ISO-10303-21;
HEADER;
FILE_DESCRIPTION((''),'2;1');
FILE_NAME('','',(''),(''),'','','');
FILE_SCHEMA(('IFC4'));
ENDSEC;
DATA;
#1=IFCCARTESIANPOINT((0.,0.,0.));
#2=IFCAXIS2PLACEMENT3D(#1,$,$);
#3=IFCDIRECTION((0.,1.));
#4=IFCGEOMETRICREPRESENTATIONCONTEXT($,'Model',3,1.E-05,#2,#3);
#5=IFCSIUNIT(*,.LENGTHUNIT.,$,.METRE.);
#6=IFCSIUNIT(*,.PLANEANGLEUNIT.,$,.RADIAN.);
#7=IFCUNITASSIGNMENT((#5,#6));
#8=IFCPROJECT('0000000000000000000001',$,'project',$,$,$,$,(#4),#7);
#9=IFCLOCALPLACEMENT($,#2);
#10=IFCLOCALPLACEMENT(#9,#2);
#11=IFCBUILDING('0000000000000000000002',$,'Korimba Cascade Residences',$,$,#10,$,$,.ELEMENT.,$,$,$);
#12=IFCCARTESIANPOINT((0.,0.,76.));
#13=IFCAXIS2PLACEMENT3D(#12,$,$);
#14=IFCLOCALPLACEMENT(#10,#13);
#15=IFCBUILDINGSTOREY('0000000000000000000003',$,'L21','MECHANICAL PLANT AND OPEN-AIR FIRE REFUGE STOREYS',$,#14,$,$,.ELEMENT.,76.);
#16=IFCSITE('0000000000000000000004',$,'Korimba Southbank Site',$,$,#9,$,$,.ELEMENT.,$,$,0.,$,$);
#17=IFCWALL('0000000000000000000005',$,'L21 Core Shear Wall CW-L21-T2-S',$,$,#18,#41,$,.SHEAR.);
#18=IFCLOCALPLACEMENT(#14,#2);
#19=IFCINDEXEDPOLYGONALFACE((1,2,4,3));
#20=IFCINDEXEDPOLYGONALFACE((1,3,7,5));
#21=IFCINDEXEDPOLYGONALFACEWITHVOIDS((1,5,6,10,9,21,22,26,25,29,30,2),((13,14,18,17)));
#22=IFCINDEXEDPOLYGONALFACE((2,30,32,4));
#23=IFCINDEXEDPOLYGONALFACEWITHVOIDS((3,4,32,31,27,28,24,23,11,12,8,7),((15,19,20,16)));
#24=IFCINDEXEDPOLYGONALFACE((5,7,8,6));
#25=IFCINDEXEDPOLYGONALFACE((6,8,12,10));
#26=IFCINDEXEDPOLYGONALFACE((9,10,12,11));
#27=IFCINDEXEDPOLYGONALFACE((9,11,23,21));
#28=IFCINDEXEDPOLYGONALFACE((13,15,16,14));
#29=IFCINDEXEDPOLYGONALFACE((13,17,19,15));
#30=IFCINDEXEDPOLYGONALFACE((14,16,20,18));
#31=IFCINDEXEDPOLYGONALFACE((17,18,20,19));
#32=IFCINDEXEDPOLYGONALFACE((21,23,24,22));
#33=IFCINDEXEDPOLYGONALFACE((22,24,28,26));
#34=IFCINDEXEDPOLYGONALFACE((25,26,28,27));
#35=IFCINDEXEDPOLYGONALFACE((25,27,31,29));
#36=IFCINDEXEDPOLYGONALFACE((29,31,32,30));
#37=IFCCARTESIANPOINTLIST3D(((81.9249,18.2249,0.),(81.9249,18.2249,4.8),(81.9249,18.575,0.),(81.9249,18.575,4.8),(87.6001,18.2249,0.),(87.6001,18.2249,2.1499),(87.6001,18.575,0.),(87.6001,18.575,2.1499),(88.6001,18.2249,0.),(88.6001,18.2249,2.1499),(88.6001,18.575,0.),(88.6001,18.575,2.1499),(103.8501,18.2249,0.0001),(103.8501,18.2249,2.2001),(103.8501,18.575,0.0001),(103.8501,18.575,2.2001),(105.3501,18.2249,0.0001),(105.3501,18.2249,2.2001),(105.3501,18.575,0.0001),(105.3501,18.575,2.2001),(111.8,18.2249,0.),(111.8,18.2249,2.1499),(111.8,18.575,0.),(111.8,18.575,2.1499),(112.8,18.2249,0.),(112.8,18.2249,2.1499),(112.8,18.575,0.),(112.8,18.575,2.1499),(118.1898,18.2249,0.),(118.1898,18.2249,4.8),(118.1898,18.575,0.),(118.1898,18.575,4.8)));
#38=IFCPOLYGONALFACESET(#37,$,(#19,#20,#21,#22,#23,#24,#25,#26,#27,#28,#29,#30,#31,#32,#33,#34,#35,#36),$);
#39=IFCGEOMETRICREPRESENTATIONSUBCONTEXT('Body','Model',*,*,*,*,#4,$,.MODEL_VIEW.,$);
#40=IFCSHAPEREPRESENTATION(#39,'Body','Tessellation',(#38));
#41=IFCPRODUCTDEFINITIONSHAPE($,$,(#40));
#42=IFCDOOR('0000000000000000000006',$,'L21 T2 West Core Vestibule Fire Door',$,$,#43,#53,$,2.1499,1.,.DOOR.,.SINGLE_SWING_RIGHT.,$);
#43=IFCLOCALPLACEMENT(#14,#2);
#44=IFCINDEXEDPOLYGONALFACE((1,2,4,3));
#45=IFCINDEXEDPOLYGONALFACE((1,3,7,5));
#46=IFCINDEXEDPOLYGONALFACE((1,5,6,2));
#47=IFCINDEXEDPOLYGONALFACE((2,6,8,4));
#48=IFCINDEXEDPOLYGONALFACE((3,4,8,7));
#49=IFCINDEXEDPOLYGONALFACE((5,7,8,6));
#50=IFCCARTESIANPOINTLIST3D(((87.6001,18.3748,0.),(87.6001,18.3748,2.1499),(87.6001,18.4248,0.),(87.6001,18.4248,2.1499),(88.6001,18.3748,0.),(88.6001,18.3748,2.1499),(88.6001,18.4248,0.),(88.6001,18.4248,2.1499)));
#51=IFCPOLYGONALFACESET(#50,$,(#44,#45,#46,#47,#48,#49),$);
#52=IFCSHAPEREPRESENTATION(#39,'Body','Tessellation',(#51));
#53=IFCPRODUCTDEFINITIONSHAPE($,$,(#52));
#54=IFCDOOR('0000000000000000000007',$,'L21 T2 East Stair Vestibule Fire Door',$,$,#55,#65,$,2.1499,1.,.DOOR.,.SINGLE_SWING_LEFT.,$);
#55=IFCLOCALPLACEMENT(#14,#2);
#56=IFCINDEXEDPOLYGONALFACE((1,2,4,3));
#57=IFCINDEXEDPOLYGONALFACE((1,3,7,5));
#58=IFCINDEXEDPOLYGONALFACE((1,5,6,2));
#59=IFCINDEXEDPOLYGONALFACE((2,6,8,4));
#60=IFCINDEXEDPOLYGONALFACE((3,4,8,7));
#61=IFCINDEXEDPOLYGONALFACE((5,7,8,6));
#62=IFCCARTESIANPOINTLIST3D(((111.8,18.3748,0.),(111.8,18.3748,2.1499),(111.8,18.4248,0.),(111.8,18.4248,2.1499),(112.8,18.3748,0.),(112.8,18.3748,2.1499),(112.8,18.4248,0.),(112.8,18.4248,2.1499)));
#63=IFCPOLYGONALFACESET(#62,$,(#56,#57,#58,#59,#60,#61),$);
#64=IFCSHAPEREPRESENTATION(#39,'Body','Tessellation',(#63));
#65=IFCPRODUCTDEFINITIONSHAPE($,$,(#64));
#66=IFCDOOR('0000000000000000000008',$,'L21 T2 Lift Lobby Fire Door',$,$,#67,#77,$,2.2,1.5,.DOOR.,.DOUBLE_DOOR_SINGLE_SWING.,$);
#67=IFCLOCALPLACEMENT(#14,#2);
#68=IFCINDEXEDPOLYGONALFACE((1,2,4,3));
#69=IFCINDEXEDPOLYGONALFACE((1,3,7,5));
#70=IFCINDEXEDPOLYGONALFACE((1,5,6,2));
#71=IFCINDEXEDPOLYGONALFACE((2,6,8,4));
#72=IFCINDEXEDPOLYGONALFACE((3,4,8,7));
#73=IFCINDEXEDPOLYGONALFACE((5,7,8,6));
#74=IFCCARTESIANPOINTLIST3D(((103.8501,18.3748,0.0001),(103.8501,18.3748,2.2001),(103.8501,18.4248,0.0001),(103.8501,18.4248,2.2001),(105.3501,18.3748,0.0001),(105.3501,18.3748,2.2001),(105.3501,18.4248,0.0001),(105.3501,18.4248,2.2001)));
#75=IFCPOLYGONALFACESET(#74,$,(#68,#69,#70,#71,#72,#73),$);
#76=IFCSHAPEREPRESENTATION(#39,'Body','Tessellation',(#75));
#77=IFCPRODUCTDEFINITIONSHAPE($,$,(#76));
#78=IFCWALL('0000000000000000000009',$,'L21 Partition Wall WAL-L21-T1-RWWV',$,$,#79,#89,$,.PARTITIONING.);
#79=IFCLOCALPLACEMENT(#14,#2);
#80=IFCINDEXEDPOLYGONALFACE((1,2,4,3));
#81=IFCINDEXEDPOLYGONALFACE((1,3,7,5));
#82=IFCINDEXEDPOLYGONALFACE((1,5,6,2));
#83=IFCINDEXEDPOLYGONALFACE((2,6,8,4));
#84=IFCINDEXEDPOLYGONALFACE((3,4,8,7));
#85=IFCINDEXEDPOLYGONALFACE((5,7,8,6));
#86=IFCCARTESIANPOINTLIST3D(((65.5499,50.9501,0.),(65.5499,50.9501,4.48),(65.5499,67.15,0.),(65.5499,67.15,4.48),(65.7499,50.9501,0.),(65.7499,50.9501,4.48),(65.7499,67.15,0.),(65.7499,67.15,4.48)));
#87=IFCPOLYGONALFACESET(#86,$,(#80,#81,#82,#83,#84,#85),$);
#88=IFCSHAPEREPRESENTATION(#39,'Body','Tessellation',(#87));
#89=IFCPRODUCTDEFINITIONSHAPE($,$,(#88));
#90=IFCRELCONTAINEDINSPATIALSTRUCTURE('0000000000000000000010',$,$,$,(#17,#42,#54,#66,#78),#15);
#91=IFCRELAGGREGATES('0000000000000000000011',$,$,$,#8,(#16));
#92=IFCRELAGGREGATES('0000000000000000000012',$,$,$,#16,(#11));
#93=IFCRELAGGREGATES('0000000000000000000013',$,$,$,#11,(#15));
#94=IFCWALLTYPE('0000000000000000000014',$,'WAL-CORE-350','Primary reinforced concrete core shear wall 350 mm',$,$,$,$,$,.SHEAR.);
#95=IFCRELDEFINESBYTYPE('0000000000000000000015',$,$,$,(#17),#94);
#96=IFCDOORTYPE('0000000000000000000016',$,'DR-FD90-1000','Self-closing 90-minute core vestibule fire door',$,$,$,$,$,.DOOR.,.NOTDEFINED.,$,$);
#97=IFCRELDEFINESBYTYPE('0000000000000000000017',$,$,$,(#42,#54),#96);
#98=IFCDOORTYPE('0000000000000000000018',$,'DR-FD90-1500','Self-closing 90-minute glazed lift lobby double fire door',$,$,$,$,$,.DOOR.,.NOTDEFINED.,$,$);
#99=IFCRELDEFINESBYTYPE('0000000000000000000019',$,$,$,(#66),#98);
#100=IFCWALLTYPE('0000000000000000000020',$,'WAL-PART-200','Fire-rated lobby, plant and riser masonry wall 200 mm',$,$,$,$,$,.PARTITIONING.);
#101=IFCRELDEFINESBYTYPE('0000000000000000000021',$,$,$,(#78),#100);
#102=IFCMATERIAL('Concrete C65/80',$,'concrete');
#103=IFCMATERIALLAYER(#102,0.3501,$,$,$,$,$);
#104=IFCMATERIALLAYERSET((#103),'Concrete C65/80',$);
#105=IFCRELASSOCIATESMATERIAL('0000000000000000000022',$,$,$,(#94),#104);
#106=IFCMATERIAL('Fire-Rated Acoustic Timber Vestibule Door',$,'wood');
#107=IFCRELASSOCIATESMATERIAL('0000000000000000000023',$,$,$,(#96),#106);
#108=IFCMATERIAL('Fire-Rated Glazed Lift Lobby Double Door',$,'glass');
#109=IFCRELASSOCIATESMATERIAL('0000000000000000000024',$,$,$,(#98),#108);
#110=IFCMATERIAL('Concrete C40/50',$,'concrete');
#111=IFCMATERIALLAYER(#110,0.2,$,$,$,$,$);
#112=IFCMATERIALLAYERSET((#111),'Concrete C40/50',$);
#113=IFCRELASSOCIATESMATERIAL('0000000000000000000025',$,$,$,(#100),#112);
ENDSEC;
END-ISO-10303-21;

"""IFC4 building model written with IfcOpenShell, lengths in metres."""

from ifc_helpers import new_model, si_unit, direction, frame, frame_2d, origin, place, context, subcontext, project, spatial, rectangle, extrude, material, layer, layer_set, type_object, element, fill, save


model = new_model("IFC4")

# Units and contexts
model_context = context("Model", 3, precision=1e-05, world=origin(), true_north=direction((0.0, 1.0)))
body_context = subcontext(model_context, "Body", "Model", "MODEL_VIEW")
ifc_project = project(units=[si_unit("LENGTHUNIT", "METRE"), si_unit("PLANEANGLEUNIT", "RADIAN")], contexts=[model_context])

# Site, building, storey
site_placement = place(None, origin())
site = spatial("IfcSite", under=ifc_project, at=site_placement, Name="Korimba Southbank Site", CompositionType="ELEMENT", RefElevation=0.0)
building_placement = place(site_placement, origin())
building = spatial("IfcBuilding", under=site, at=building_placement, Name="Korimba Cascade Residences", CompositionType="ELEMENT")
storey_placement = place(building_placement, frame((0.0, 0.0, 76.0)))
storey = spatial("IfcBuildingStorey", under=building, at=storey_placement, Name="L21", Description="MECHANICAL PLANT AND OPEN-AIR FIRE REFUGE STOREYS", CompositionType="ELEMENT", Elevation=76.0)

# Shared definitions
ifc_material_1 = material(Name="Concrete C65/80", Category="concrete")

# Shared definitions
ifc_layer_1 = layer(ifc_material_1, 0.3501)
ifc_layer_set_1 = layer_set([ifc_layer_1], Name="Concrete C65/80")
wall_type_1 = type_object("IfcWallType", Name="WAL-CORE-350", Description="Primary reinforced concrete core shear wall 350 mm", PredefinedType="SHEAR", material=ifc_layer_set_1)

# Wall, openings, doors
wall_1_placement = place(storey_placement, frame((81.925, 18.3999, 0.0), z_axis=(0.0, 0.0, 1.0), x_axis=(1.0, 0.0, 0.0)))
wall_1 = element("IfcWall", 1, at=wall_1_placement, inside=storey, type_object=wall_type_1, Name="L21 Core Shear Wall CW-L21-T2-S", PredefinedType="SHEAR", context=body_context, shape_type="SweptSolid", body=[
    extrude(rectangle(XDim=36.2649, YDim=0.3501, at=frame_2d((18.1323, 0.0))), origin(), (0.0, 0.0, 1.0), 4.8),
])
opening_1_placement = place(wall_1_placement, frame((5.675, 0.0, 0.0)))
opening_1 = element("IfcOpeningElement", 2, at=opening_1_placement, cuts=wall_1, PredefinedType="OPENING", context=body_context, shape_type="SweptSolid", body=[
    extrude(rectangle(XDim=1.0, YDim=2.1499, at=frame_2d((0.5, 1.075))), frame((0.0, 0.1851, 0.0), z_axis=(0.0, -1.0, 0.0), x_axis=(1.0, 0.0, 0.0)), (0.0, 0.0, 1.0), 0.3701),
])
opening_2_placement = place(wall_1_placement, frame((21.925, 0.0, 0.0)))
opening_2 = element("IfcOpeningElement", 3, at=opening_2_placement, cuts=wall_1, PredefinedType="OPENING", context=body_context, shape_type="SweptSolid", body=[
    extrude(rectangle(XDim=1.5, YDim=2.2, at=frame_2d((0.75, 1.1001))), frame((0.0, 0.1851, 0.0), z_axis=(0.0, -1.0, 0.0), x_axis=(1.0, 0.0, 0.0)), (0.0, 0.0, 1.0), 0.3701),
])
opening_3_placement = place(wall_1_placement, frame((29.875, 0.0, 0.0)))
opening_3 = element("IfcOpeningElement", 4, at=opening_3_placement, cuts=wall_1, PredefinedType="OPENING", context=body_context, shape_type="SweptSolid", body=[
    extrude(rectangle(XDim=1.0, YDim=2.1499, at=frame_2d((0.5, 1.075))), frame((0.0, 0.1851, 0.0), z_axis=(0.0, -1.0, 0.0), x_axis=(1.0, 0.0, 0.0)), (0.0, 0.0, 1.0), 0.3701),
])
ifc_material_2 = material(Name="Fire-Rated Acoustic Timber Vestibule Door", Category="wood")
door_type_1 = type_object("IfcDoorType", Name="DR-FD90-1000", Description="Self-closing 90-minute core vestibule fire door", OperationType="NOTDEFINED", PredefinedType="DOOR", material=ifc_material_2)
door_1_placement = place(opening_1_placement, origin())
door_1 = element("IfcDoor", 5, at=door_1_placement, inside=storey, type_object=door_type_1, Name="L21 T2 West Core Vestibule Fire Door", OperationType="SINGLE_SWING_RIGHT", OverallHeight=2.1499, OverallWidth=1.0, PredefinedType="DOOR", context=body_context, shape_type="SweptSolid", body=[
    extrude(rectangle(XDim=1.0, YDim=2.1499, at=frame_2d((0.5, 1.075))), frame((0.0, 0.0249, 0.0), z_axis=(0.0, -1.0, 0.0), x_axis=(1.0, 0.0, 0.0)), (0.0, 0.0, 1.0), 0.05),
])
fill(opening_1, door_1)
door_2_placement = place(opening_3_placement, origin())
door_2 = element("IfcDoor", 6, at=door_2_placement, inside=storey, type_object=door_type_1, Name="L21 T2 East Stair Vestibule Fire Door", OperationType="SINGLE_SWING_LEFT", OverallHeight=2.1499, OverallWidth=1.0, PredefinedType="DOOR", context=body_context, shape_type="SweptSolid", body=[
    extrude(rectangle(XDim=1.0, YDim=2.1499, at=frame_2d((0.5, 1.075))), frame((0.0, 0.0249, 0.0), z_axis=(0.0, -1.0, 0.0), x_axis=(1.0, 0.0, 0.0)), (0.0, 0.0, 1.0), 0.05),
])
fill(opening_3, door_2)
ifc_material_3 = material(Name="Fire-Rated Glazed Lift Lobby Double Door", Category="glass")
door_type_2 = type_object("IfcDoorType", Name="DR-FD90-1500", Description="Self-closing 90-minute glazed lift lobby double fire door", OperationType="NOTDEFINED", PredefinedType="DOOR", material=ifc_material_3)
door_3_placement = place(opening_2_placement, origin())
door_3 = element("IfcDoor", 7, at=door_3_placement, inside=storey, type_object=door_type_2, Name="L21 T2 Lift Lobby Fire Door", OperationType="DOUBLE_DOOR_SINGLE_SWING", OverallHeight=2.2, OverallWidth=1.5, PredefinedType="DOOR", context=body_context, shape_type="SweptSolid", body=[
    extrude(rectangle(XDim=1.5, YDim=2.2, at=frame_2d((0.75, 1.1001))), frame((0.0, 0.0249, 0.0), z_axis=(0.0, -1.0, 0.0), x_axis=(1.0, 0.0, 0.0)), (0.0, 0.0, 1.0), 0.05),
])
fill(opening_2, door_3)

# Wall
ifc_material_4 = material(Name="Concrete C40/50", Category="concrete")
ifc_layer_2 = layer(ifc_material_4, 0.2)
ifc_layer_set_2 = layer_set([ifc_layer_2], Name="Concrete C40/50")
wall_type_2 = type_object("IfcWallType", Name="WAL-PART-200", Description="Fire-rated lobby, plant and riser masonry wall 200 mm", PredefinedType="PARTITIONING", material=ifc_layer_set_2)
wall_2_placement = place(storey_placement, frame((65.6499, 50.95, 0.0), z_axis=(0.0, 0.0, 1.0), x_axis=(0.0, 1.0, 0.0)))
element("IfcWall", 8, at=wall_2_placement, inside=storey, type_object=wall_type_2, Name="L21 Partition Wall WAL-L21-T1-RWWV", PredefinedType="PARTITIONING", context=body_context, shape_type="SweptSolid", body=[
    extrude(rectangle(XDim=16.2, YDim=0.2, at=frame_2d((8.1001, 0.0))), origin(), (0.0, 0.0, 1.0), 4.48),
])

save(model, "model.ifc")
